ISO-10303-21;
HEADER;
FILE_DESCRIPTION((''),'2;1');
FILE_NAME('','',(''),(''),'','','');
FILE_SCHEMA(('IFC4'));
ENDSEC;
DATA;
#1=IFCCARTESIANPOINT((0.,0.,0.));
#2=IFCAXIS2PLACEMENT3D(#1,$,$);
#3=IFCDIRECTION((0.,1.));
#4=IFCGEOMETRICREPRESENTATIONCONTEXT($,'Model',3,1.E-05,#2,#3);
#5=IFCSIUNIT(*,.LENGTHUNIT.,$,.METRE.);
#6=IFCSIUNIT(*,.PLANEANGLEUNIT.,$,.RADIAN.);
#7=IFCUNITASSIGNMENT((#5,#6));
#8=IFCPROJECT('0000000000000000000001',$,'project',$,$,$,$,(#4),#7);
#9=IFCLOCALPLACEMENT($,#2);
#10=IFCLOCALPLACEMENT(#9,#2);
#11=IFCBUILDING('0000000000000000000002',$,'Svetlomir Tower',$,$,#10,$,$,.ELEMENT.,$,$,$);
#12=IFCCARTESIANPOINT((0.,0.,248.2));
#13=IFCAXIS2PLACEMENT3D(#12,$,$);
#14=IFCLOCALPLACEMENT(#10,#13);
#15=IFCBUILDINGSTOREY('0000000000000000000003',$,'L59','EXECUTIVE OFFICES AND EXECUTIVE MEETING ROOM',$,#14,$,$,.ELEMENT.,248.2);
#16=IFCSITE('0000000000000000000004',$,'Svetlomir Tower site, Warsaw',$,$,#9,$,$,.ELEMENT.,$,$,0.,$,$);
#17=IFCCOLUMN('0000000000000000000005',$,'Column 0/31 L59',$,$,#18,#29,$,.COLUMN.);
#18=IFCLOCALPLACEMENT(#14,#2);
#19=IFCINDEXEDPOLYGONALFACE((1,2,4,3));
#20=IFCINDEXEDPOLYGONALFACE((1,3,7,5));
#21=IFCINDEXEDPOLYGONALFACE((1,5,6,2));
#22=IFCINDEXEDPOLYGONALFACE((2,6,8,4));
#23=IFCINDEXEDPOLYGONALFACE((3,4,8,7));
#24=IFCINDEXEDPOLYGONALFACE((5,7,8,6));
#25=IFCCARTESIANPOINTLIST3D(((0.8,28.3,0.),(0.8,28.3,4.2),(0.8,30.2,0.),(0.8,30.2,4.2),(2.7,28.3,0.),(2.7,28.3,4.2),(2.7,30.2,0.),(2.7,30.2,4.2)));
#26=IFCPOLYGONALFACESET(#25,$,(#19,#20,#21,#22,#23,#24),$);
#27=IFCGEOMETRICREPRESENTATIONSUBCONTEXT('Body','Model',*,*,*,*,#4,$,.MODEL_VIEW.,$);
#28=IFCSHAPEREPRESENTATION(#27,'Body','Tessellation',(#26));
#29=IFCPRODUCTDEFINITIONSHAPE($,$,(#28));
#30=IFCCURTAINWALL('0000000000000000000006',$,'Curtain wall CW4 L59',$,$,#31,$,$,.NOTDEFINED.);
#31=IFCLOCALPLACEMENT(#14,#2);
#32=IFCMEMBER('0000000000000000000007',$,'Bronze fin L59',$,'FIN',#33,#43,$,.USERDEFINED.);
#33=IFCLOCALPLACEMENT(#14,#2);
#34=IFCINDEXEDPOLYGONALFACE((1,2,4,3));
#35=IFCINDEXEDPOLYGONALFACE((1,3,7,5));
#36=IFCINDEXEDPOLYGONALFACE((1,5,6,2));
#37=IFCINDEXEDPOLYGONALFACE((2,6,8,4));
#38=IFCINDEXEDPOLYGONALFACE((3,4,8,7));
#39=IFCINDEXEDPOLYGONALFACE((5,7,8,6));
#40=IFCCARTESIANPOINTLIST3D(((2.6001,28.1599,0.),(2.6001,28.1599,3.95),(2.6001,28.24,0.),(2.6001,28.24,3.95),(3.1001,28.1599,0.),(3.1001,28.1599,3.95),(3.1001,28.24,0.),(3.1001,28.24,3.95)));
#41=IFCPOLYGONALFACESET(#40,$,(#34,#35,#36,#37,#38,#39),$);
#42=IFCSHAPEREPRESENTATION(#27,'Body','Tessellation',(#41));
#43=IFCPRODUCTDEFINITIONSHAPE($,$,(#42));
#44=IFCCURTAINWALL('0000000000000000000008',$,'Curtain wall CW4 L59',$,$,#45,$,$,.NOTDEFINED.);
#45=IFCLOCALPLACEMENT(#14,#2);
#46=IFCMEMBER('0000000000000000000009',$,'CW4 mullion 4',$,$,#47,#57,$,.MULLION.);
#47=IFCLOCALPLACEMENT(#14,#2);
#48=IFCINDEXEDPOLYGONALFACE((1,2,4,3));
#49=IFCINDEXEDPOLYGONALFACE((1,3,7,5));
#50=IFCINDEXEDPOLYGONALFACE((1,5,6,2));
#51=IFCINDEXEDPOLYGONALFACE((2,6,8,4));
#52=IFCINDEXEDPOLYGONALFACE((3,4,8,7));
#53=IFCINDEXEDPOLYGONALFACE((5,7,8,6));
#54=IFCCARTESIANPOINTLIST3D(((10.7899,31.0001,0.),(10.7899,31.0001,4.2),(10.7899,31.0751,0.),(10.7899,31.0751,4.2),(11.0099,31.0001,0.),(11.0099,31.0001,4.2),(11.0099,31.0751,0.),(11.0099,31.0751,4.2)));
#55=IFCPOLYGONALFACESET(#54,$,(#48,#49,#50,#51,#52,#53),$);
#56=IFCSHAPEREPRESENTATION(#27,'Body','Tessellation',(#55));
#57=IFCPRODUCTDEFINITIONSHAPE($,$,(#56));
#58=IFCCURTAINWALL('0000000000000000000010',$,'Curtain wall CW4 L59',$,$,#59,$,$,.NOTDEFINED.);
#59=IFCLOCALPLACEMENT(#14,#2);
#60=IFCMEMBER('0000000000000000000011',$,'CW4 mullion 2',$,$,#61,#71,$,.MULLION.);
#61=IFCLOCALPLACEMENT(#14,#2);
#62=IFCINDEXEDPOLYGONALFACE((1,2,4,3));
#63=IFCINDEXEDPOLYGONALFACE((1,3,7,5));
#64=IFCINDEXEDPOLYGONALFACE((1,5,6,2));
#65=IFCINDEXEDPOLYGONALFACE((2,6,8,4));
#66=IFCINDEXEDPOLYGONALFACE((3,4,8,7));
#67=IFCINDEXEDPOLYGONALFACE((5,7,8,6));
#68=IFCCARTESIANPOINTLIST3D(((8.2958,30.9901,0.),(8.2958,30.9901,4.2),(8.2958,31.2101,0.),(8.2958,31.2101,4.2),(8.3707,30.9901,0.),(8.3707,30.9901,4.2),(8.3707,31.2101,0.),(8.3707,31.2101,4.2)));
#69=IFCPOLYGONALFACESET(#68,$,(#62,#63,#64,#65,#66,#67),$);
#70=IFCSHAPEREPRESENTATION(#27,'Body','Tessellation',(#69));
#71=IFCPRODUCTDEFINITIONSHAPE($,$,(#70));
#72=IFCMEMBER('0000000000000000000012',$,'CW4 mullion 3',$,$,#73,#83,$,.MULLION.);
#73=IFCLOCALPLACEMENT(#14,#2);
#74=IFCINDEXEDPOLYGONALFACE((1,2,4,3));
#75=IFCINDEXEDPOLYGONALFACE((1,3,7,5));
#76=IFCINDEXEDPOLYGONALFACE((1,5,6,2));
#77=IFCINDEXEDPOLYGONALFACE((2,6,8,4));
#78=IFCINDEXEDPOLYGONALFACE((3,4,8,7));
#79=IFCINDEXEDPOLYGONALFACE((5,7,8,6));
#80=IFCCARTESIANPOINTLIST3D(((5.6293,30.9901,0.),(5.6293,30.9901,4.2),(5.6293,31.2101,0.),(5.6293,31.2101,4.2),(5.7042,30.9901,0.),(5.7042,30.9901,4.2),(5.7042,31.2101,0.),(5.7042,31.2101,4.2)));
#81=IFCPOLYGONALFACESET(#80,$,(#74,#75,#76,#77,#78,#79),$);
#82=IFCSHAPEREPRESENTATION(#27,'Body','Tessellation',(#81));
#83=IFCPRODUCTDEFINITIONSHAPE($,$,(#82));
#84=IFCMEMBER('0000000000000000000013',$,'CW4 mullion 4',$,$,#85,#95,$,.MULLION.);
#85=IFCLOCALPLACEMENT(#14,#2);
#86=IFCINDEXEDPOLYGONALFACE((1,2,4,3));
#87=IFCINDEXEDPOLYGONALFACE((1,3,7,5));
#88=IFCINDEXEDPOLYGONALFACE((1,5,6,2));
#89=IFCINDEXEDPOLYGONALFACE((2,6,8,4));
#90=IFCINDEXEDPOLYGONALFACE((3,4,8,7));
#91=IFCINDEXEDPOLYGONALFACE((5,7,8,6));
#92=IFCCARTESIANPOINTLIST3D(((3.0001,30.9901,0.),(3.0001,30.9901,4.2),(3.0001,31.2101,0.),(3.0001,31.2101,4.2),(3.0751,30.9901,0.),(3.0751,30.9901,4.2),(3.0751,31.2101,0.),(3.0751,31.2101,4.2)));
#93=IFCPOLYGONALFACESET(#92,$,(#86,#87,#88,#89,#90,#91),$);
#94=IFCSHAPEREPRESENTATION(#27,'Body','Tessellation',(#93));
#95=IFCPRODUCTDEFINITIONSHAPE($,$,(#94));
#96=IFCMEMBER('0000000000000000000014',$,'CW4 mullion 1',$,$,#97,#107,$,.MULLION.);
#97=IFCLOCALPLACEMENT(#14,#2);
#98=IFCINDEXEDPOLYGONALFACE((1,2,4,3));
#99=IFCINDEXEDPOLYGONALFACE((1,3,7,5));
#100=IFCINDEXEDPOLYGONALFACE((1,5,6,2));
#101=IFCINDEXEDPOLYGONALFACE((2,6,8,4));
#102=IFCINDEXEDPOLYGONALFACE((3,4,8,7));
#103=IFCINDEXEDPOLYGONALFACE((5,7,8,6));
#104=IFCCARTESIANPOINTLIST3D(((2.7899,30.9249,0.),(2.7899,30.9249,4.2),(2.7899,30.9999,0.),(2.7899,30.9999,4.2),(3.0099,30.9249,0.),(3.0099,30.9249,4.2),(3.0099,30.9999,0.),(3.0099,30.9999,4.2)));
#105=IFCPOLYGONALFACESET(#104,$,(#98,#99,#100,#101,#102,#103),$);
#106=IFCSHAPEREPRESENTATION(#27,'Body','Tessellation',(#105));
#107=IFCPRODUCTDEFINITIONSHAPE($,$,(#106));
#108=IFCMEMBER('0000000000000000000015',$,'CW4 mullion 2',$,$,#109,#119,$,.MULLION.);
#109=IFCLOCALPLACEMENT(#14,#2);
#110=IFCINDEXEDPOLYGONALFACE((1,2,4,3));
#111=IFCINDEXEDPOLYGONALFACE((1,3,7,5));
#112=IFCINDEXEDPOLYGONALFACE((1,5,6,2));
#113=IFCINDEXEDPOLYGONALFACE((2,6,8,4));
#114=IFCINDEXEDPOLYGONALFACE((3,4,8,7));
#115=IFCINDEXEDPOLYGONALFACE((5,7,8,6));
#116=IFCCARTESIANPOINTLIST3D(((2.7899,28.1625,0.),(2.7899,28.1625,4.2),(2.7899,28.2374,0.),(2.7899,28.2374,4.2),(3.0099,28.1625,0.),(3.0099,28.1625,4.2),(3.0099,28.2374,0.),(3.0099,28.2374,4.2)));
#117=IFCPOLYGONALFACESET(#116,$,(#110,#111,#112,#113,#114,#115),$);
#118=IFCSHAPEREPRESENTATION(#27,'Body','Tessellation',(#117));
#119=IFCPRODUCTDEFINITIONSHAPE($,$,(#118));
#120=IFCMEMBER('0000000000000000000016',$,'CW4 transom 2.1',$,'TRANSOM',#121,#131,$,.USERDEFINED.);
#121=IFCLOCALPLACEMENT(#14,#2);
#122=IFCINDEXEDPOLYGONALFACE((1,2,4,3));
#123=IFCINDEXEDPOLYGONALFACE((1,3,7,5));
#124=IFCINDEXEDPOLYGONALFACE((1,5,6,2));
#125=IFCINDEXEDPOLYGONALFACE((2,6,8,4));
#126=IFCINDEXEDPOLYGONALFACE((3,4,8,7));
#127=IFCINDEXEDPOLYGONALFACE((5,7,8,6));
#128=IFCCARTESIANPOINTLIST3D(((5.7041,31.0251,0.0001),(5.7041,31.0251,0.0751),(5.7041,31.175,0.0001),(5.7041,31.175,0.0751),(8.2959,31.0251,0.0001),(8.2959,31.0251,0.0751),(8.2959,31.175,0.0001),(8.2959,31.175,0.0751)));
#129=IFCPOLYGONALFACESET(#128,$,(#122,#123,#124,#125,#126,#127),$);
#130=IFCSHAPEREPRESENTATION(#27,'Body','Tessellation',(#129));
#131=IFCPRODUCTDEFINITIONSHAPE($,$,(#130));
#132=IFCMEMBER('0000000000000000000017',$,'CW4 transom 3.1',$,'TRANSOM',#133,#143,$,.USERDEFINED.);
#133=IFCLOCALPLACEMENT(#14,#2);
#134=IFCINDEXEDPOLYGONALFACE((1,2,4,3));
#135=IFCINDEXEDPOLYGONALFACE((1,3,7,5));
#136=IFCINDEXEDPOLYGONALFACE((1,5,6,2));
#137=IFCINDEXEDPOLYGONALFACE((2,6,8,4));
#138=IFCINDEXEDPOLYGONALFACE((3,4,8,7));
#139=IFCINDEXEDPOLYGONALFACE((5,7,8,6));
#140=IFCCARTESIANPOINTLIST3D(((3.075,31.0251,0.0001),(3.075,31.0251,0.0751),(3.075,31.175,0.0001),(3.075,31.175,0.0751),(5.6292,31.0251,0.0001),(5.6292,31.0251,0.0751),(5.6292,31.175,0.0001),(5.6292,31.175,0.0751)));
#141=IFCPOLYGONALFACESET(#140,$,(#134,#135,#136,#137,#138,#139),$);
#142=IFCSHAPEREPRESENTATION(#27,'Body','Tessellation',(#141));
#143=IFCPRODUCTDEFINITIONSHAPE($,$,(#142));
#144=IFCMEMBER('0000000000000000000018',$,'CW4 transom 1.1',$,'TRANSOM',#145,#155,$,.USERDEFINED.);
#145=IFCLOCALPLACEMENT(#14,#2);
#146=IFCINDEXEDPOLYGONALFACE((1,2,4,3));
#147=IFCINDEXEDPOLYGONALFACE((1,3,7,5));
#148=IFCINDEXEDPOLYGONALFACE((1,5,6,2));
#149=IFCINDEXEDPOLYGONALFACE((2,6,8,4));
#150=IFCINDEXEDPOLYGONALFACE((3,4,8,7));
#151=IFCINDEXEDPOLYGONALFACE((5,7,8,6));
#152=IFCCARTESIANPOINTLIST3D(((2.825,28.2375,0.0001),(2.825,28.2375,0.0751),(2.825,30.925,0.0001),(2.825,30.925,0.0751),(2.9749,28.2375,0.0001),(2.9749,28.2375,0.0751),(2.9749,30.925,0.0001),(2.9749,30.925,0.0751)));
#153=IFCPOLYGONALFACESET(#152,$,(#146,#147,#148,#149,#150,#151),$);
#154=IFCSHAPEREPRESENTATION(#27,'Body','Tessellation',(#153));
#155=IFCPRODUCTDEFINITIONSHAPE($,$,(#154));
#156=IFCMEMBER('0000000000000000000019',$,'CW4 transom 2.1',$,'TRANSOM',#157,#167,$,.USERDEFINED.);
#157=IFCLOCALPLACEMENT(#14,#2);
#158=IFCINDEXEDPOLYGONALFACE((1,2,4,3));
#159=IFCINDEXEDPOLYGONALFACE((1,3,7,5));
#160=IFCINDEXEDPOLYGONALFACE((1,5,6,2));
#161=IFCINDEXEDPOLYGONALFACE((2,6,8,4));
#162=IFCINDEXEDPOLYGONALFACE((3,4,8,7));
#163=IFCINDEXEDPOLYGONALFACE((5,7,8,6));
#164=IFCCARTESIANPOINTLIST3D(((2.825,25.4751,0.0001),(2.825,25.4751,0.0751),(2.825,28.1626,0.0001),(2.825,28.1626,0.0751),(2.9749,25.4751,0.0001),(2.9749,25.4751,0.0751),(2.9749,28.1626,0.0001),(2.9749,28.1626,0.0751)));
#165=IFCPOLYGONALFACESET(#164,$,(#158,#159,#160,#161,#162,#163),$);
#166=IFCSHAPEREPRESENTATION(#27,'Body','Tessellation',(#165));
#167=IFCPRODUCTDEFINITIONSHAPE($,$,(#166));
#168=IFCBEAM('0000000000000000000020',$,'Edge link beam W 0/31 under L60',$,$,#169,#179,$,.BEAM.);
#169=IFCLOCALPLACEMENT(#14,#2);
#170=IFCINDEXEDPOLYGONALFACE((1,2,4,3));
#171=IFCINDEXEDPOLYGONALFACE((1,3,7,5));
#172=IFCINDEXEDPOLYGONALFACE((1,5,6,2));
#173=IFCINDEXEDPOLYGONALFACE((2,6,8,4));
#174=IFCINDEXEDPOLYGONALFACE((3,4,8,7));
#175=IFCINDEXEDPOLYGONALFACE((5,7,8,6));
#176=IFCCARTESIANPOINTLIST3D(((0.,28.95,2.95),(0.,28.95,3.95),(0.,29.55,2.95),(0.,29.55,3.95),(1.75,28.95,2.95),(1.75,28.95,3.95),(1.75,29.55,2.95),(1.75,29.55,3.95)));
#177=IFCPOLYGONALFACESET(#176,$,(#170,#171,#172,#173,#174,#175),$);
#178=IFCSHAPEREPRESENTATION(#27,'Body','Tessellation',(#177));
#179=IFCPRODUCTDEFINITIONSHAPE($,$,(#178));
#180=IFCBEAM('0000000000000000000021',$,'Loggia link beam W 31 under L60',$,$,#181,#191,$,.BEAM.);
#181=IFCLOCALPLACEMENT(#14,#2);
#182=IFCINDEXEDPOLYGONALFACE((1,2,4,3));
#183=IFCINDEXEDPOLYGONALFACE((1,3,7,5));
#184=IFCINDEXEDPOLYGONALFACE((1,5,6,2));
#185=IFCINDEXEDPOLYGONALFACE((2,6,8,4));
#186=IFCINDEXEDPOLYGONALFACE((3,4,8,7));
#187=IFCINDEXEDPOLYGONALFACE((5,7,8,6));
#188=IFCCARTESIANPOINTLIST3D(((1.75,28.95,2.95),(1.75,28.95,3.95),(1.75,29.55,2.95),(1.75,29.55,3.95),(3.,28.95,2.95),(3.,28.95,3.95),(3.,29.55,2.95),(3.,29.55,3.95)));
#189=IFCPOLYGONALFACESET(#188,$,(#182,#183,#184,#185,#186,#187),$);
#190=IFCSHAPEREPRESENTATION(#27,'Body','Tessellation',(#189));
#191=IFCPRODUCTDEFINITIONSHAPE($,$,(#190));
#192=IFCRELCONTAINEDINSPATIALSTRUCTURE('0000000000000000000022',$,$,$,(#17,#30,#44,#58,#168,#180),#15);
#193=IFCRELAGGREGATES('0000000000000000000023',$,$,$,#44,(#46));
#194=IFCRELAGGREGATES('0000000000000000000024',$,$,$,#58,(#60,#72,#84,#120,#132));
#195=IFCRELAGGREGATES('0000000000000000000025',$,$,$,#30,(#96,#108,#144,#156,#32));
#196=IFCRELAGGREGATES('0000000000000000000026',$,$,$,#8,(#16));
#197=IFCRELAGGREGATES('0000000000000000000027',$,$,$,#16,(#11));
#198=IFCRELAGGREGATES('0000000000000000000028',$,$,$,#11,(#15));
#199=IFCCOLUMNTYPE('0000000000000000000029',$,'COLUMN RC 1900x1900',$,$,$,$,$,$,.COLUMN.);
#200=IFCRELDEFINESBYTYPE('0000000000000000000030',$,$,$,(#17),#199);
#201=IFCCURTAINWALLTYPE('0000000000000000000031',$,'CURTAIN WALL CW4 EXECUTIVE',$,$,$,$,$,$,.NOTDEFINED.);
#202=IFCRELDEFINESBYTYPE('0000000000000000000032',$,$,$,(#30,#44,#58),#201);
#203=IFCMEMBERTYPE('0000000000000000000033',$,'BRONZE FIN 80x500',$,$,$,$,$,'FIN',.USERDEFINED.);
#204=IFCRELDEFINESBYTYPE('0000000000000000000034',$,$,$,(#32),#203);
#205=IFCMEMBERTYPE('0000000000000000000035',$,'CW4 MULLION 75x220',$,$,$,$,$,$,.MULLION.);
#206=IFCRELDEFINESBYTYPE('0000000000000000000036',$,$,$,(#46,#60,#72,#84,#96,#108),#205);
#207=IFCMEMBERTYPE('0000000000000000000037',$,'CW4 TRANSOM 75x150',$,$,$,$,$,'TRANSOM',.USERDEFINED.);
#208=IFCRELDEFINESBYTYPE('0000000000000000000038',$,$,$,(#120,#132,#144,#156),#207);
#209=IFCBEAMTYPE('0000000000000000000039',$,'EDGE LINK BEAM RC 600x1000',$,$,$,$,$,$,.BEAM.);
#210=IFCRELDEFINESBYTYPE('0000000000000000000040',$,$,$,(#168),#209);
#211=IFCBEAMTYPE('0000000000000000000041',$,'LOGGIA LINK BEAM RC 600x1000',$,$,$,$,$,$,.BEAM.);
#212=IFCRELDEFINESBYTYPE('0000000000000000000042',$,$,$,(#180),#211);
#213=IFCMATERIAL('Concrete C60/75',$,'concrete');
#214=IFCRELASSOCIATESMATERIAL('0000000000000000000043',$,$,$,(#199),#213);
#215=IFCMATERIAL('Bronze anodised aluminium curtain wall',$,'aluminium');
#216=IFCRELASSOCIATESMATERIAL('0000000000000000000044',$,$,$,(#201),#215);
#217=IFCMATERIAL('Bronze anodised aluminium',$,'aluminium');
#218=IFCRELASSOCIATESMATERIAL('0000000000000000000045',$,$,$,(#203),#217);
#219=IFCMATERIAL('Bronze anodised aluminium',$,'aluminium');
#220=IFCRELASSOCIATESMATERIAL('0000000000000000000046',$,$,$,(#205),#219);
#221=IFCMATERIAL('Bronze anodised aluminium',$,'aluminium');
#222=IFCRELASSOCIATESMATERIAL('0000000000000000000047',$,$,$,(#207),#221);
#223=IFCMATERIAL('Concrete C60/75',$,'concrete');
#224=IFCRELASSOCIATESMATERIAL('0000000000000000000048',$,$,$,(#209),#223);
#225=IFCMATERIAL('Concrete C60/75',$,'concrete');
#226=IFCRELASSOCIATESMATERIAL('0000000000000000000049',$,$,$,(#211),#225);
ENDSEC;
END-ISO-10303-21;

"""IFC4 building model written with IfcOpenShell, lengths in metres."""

from ifc_helpers import new_model, si_unit, direction, frame, origin, origin_2d, place, context, subcontext, project, spatial, rectangle, extrude, material, material_profile, profile_set, type_object, element, aggregate, save


model = new_model("IFC4")

# Units and contexts
model_context = context("Model", 3, precision=1e-05, world=origin(), true_north=direction((0.0, 1.0)))
body_context = subcontext(model_context, "Body", "Model", "MODEL_VIEW")
ifc_project = project(units=[si_unit("LENGTHUNIT", "METRE"), si_unit("PLANEANGLEUNIT", "RADIAN")], contexts=[model_context])

# Site, building, storey
site_placement = place(None, origin())
site = spatial("IfcSite", under=ifc_project, at=site_placement, Name="Svetlomir Tower site, Warsaw", CompositionType="ELEMENT", RefElevation=0.0)
building_placement = place(site_placement, origin())
building = spatial("IfcBuilding", under=site, at=building_placement, Name="Svetlomir Tower", CompositionType="ELEMENT")
storey_placement = place(building_placement, frame((0.0, 0.0, 248.2)))
storey = spatial("IfcBuildingStorey", under=building, at=storey_placement, Name="L59", Description="EXECUTIVE OFFICES AND EXECUTIVE MEETING ROOM", CompositionType="ELEMENT", Elevation=248.2)

# Column
ifc_material_1 = material(Name="Concrete C60/75", Category="concrete")
ifc_material_profile_1 = material_profile(ifc_material_1, rectangle(XDim=1.8999, YDim=1.8999, at=origin_2d()), Name="RC 1900x1900")
ifc_profile_set_1 = profile_set([ifc_material_profile_1], Name="Concrete C60/75")
column_type = type_object("IfcColumnType", Name="COLUMN RC 1900x1900", PredefinedType="COLUMN", material=ifc_profile_set_1)
column_placement = place(storey_placement, frame((1.75, 29.25, 0.0), z_axis=(0.0, 0.0, 1.0), x_axis=(1.0, 0.0, 0.0)))
element("IfcColumn", 1, at=column_placement, inside=storey, type_object=column_type, Name="Column 0/31 L59", PredefinedType="COLUMN", context=body_context, shape_type="SweptSolid", body=[
    extrude(rectangle(XDim=1.8999, YDim=1.8999, at=origin_2d()), origin(), (0.0, 0.0, 1.0), 4.2),
])

# Curtain walls, members
ifc_material_2 = material(Name="Bronze anodised aluminium curtain wall", Category="aluminium")
curtain_wall_type = type_object("IfcCurtainWallType", Name="CURTAIN WALL CW4 EXECUTIVE", PredefinedType="NOTDEFINED", material=ifc_material_2)
curtain_wall_1_placement = place(storey_placement, origin())
curtain_wall_1 = element("IfcCurtainWall", 2, at=curtain_wall_1_placement, inside=storey, type_object=curtain_wall_type, Name="Curtain wall CW4 L59", PredefinedType="NOTDEFINED")
ifc_material_3 = material(Name="Bronze anodised aluminium", Category="aluminium")
ifc_material_profile_2 = material_profile(ifc_material_3, rectangle(XDim=0.0801, YDim=0.5, at=origin_2d()), Name="FIN 80x500")
ifc_profile_set_2 = profile_set([ifc_material_profile_2], Name="Bronze anodised aluminium 6063-T6")
member_type_1 = type_object("IfcMemberType", Name="BRONZE FIN 80x500", ElementType="FIN", PredefinedType="USERDEFINED", material=ifc_profile_set_2)
member_1_placement = place(storey_placement, frame((2.8501, 28.2, 0.0), z_axis=(0.0, 0.0, 1.0), x_axis=(0.0, 1.0, 0.0)))
member_1 = element("IfcMember", 3, at=member_1_placement, type_object=member_type_1, Name="Bronze fin L59", ObjectType="FIN", PredefinedType="USERDEFINED", context=body_context, shape_type="SweptSolid", body=[
    extrude(rectangle(XDim=0.0801, YDim=0.5, at=origin_2d()), origin(), (0.0, 0.0, 1.0), 3.95),
])
curtain_wall_2_placement = place(storey_placement, origin())
curtain_wall_2 = element("IfcCurtainWall", 4, at=curtain_wall_2_placement, inside=storey, type_object=curtain_wall_type, Name="Curtain wall CW4 L59", PredefinedType="NOTDEFINED")
ifc_material_4 = material(Name="Bronze anodised aluminium", Category="aluminium")
ifc_material_profile_3 = material_profile(ifc_material_4, rectangle(XDim=0.075, YDim=0.22, at=origin_2d()), Name="AL 75x220")
ifc_profile_set_3 = profile_set([ifc_material_profile_3], Name="Bronze anodised aluminium 6063-T6")
member_type_2 = type_object("IfcMemberType", Name="CW4 MULLION 75x220", PredefinedType="MULLION", material=ifc_profile_set_3)
member_2_placement = place(storey_placement, frame((10.8999, 31.0376, 0.0), z_axis=(0.0, 0.0, 1.0), x_axis=(0.0, -1.0, 0.0)))
member_2 = element("IfcMember", 5, at=member_2_placement, type_object=member_type_2, Name="CW4 mullion 4", PredefinedType="MULLION", context=body_context, shape_type="SweptSolid", body=[
    extrude(rectangle(XDim=0.075, YDim=0.22, at=origin_2d()), origin(), (0.0, 0.0, 1.0), 4.2),
])
aggregate(curtain_wall_2, [member_2])

# Curtain wall, members
curtain_wall_3_placement = place(storey_placement, origin())
curtain_wall_3 = element("IfcCurtainWall", 6, at=curtain_wall_3_placement, inside=storey, type_object=curtain_wall_type, Name="Curtain wall CW4 L59", PredefinedType="NOTDEFINED")
member_3_placement = place(storey_placement, frame((8.3333, 31.1001, 0.0), z_axis=(0.0, 0.0, 1.0), x_axis=(-1.0, 0.0, 0.0)))
member_3 = element("IfcMember", 7, at=member_3_placement, type_object=member_type_2, Name="CW4 mullion 2", PredefinedType="MULLION", context=body_context, shape_type="SweptSolid", body=[
    extrude(rectangle(XDim=0.075, YDim=0.22, at=origin_2d()), origin(), (0.0, 0.0, 1.0), 4.2),
])
member_4_placement = place(storey_placement, frame((5.6667, 31.1001, 0.0), z_axis=(0.0, 0.0, 1.0), x_axis=(-1.0, 0.0, 0.0)))
member_4 = element("IfcMember", 8, at=member_4_placement, type_object=member_type_2, Name="CW4 mullion 3", PredefinedType="MULLION", context=body_context, shape_type="SweptSolid", body=[
    extrude(rectangle(XDim=0.075, YDim=0.22, at=origin_2d()), origin(), (0.0, 0.0, 1.0), 4.2),
])
member_5_placement = place(storey_placement, frame((3.0376, 31.1001, 0.0), z_axis=(0.0, 0.0, 1.0), x_axis=(-1.0, 0.0, 0.0)))
member_5 = element("IfcMember", 9, at=member_5_placement, type_object=member_type_2, Name="CW4 mullion 4", PredefinedType="MULLION", context=body_context, shape_type="SweptSolid", body=[
    extrude(rectangle(XDim=0.075, YDim=0.22, at=origin_2d()), origin(), (0.0, 0.0, 1.0), 4.2),
])

# Members
member_6_placement = place(storey_placement, frame((2.8999, 30.9624, 0.0), z_axis=(0.0, 0.0, 1.0), x_axis=(0.0, -1.0, 0.0)))
member_6 = element("IfcMember", 10, at=member_6_placement, type_object=member_type_2, Name="CW4 mullion 1", PredefinedType="MULLION", context=body_context, shape_type="SweptSolid", body=[
    extrude(rectangle(XDim=0.075, YDim=0.22, at=origin_2d()), origin(), (0.0, 0.0, 1.0), 4.2),
])
member_7_placement = place(storey_placement, frame((2.8999, 28.2, 0.0), z_axis=(0.0, 0.0, 1.0), x_axis=(0.0, -1.0, 0.0)))
member_7 = element("IfcMember", 11, at=member_7_placement, type_object=member_type_2, Name="CW4 mullion 2", PredefinedType="MULLION", context=body_context, shape_type="SweptSolid", body=[
    extrude(rectangle(XDim=0.075, YDim=0.22, at=origin_2d()), origin(), (0.0, 0.0, 1.0), 4.2),
])
ifc_material_5 = material(Name="Bronze anodised aluminium", Category="aluminium")
ifc_material_profile_4 = material_profile(ifc_material_5, rectangle(XDim=0.1499, YDim=0.075, at=origin_2d()), Name="AL 150x75")
ifc_profile_set_4 = profile_set([ifc_material_profile_4], Name="Bronze anodised aluminium 6063-T6")
member_type_3 = type_object("IfcMemberType", Name="CW4 TRANSOM 75x150", ElementType="TRANSOM", PredefinedType="USERDEFINED", material=ifc_profile_set_4)
member_8_placement = place(storey_placement, frame((8.2959, 31.1001, 0.0376), z_axis=(-1.0, 0.0, 0.0), x_axis=(0.0, -1.0, 0.0)))
member_8 = element("IfcMember", 12, at=member_8_placement, type_object=member_type_3, Name="CW4 transom 2.1", ObjectType="TRANSOM", PredefinedType="USERDEFINED", context=body_context, shape_type="SweptSolid", body=[
    extrude(rectangle(XDim=0.1499, YDim=0.075, at=origin_2d()), origin(), (0.0, 0.0, 1.0), 2.5918),
])
member_9_placement = place(storey_placement, frame((5.6292, 31.1001, 0.0376), z_axis=(-1.0, 0.0, 0.0), x_axis=(0.0, -1.0, 0.0)))
member_9 = element("IfcMember", 13, at=member_9_placement, type_object=member_type_3, Name="CW4 transom 3.1", ObjectType="TRANSOM", PredefinedType="USERDEFINED", context=body_context, shape_type="SweptSolid", body=[
    extrude(rectangle(XDim=0.1499, YDim=0.075, at=origin_2d()), origin(), (0.0, 0.0, 1.0), 2.5542),
])
member_10_placement = place(storey_placement, frame((2.8999, 30.925, 0.0376), z_axis=(0.0, -1.0, 0.0), x_axis=(1.0, 0.0, 0.0)))
member_10 = element("IfcMember", 14, at=member_10_placement, type_object=member_type_3, Name="CW4 transom 1.1", ObjectType="TRANSOM", PredefinedType="USERDEFINED", context=body_context, shape_type="SweptSolid", body=[
    extrude(rectangle(XDim=0.1499, YDim=0.075, at=origin_2d()), origin(), (0.0, 0.0, 1.0), 2.6875),
])
member_11_placement = place(storey_placement, frame((2.8999, 28.1626, 0.0376), z_axis=(0.0, -1.0, 0.0), x_axis=(1.0, 0.0, 0.0)))
member_11 = element("IfcMember", 15, at=member_11_placement, type_object=member_type_3, Name="CW4 transom 2.1", ObjectType="TRANSOM", PredefinedType="USERDEFINED", context=body_context, shape_type="SweptSolid", body=[
    extrude(rectangle(XDim=0.1499, YDim=0.075, at=origin_2d()), origin(), (0.0, 0.0, 1.0), 2.6875),
])

# Beams
ifc_material_6 = material(Name="Concrete C60/75", Category="concrete")
ifc_material_profile_5 = material_profile(ifc_material_6, rectangle(XDim=0.6001, YDim=1.0, at=origin_2d()), Name="RC 600x1000")
ifc_profile_set_5 = profile_set([ifc_material_profile_5], Name="Concrete C60/75")
beam_type_1 = type_object("IfcBeamType", Name="EDGE LINK BEAM RC 600x1000", PredefinedType="BEAM", material=ifc_profile_set_5)
beam_1_placement = place(storey_placement, frame((1.75, 29.25, 3.45), z_axis=(-1.0, 0.0, 0.0), x_axis=(0.0, -1.0, 0.0)))
element("IfcBeam", 16, at=beam_1_placement, inside=storey, type_object=beam_type_1, Name="Edge link beam W 0/31 under L60", PredefinedType="BEAM", context=body_context, shape_type="SweptSolid", body=[
    extrude(rectangle(XDim=0.6001, YDim=1.0, at=origin_2d()), origin(), (0.0, 0.0, 1.0), 1.75),
])
ifc_material_7 = material(Name="Concrete C60/75", Category="concrete")
ifc_material_profile_6 = material_profile(ifc_material_7, rectangle(XDim=0.6001, YDim=1.0, at=origin_2d()), Name="RC 600x1000")
ifc_profile_set_6 = profile_set([ifc_material_profile_6], Name="Concrete C60/75")
beam_type_2 = type_object("IfcBeamType", Name="LOGGIA LINK BEAM RC 600x1000", PredefinedType="BEAM", material=ifc_profile_set_6)
beam_2_placement = place(storey_placement, frame((1.75, 29.25, 3.45), z_axis=(1.0, 0.0, 0.0), x_axis=(0.0, 1.0, 0.0)))
element("IfcBeam", 17, at=beam_2_placement, inside=storey, type_object=beam_type_2, Name="Loggia link beam W 31 under L60", PredefinedType="BEAM", context=body_context, shape_type="SweptSolid", body=[
    extrude(rectangle(XDim=0.6001, YDim=1.0, at=origin_2d()), origin(), (0.0, 0.0, 1.0), 1.25),
])

aggregate(curtain_wall_3, [member_3, member_4, member_5, member_8, member_9])
aggregate(curtain_wall_1, [member_6, member_7, member_10, member_11, member_1])

save(model, "model.ifc")
